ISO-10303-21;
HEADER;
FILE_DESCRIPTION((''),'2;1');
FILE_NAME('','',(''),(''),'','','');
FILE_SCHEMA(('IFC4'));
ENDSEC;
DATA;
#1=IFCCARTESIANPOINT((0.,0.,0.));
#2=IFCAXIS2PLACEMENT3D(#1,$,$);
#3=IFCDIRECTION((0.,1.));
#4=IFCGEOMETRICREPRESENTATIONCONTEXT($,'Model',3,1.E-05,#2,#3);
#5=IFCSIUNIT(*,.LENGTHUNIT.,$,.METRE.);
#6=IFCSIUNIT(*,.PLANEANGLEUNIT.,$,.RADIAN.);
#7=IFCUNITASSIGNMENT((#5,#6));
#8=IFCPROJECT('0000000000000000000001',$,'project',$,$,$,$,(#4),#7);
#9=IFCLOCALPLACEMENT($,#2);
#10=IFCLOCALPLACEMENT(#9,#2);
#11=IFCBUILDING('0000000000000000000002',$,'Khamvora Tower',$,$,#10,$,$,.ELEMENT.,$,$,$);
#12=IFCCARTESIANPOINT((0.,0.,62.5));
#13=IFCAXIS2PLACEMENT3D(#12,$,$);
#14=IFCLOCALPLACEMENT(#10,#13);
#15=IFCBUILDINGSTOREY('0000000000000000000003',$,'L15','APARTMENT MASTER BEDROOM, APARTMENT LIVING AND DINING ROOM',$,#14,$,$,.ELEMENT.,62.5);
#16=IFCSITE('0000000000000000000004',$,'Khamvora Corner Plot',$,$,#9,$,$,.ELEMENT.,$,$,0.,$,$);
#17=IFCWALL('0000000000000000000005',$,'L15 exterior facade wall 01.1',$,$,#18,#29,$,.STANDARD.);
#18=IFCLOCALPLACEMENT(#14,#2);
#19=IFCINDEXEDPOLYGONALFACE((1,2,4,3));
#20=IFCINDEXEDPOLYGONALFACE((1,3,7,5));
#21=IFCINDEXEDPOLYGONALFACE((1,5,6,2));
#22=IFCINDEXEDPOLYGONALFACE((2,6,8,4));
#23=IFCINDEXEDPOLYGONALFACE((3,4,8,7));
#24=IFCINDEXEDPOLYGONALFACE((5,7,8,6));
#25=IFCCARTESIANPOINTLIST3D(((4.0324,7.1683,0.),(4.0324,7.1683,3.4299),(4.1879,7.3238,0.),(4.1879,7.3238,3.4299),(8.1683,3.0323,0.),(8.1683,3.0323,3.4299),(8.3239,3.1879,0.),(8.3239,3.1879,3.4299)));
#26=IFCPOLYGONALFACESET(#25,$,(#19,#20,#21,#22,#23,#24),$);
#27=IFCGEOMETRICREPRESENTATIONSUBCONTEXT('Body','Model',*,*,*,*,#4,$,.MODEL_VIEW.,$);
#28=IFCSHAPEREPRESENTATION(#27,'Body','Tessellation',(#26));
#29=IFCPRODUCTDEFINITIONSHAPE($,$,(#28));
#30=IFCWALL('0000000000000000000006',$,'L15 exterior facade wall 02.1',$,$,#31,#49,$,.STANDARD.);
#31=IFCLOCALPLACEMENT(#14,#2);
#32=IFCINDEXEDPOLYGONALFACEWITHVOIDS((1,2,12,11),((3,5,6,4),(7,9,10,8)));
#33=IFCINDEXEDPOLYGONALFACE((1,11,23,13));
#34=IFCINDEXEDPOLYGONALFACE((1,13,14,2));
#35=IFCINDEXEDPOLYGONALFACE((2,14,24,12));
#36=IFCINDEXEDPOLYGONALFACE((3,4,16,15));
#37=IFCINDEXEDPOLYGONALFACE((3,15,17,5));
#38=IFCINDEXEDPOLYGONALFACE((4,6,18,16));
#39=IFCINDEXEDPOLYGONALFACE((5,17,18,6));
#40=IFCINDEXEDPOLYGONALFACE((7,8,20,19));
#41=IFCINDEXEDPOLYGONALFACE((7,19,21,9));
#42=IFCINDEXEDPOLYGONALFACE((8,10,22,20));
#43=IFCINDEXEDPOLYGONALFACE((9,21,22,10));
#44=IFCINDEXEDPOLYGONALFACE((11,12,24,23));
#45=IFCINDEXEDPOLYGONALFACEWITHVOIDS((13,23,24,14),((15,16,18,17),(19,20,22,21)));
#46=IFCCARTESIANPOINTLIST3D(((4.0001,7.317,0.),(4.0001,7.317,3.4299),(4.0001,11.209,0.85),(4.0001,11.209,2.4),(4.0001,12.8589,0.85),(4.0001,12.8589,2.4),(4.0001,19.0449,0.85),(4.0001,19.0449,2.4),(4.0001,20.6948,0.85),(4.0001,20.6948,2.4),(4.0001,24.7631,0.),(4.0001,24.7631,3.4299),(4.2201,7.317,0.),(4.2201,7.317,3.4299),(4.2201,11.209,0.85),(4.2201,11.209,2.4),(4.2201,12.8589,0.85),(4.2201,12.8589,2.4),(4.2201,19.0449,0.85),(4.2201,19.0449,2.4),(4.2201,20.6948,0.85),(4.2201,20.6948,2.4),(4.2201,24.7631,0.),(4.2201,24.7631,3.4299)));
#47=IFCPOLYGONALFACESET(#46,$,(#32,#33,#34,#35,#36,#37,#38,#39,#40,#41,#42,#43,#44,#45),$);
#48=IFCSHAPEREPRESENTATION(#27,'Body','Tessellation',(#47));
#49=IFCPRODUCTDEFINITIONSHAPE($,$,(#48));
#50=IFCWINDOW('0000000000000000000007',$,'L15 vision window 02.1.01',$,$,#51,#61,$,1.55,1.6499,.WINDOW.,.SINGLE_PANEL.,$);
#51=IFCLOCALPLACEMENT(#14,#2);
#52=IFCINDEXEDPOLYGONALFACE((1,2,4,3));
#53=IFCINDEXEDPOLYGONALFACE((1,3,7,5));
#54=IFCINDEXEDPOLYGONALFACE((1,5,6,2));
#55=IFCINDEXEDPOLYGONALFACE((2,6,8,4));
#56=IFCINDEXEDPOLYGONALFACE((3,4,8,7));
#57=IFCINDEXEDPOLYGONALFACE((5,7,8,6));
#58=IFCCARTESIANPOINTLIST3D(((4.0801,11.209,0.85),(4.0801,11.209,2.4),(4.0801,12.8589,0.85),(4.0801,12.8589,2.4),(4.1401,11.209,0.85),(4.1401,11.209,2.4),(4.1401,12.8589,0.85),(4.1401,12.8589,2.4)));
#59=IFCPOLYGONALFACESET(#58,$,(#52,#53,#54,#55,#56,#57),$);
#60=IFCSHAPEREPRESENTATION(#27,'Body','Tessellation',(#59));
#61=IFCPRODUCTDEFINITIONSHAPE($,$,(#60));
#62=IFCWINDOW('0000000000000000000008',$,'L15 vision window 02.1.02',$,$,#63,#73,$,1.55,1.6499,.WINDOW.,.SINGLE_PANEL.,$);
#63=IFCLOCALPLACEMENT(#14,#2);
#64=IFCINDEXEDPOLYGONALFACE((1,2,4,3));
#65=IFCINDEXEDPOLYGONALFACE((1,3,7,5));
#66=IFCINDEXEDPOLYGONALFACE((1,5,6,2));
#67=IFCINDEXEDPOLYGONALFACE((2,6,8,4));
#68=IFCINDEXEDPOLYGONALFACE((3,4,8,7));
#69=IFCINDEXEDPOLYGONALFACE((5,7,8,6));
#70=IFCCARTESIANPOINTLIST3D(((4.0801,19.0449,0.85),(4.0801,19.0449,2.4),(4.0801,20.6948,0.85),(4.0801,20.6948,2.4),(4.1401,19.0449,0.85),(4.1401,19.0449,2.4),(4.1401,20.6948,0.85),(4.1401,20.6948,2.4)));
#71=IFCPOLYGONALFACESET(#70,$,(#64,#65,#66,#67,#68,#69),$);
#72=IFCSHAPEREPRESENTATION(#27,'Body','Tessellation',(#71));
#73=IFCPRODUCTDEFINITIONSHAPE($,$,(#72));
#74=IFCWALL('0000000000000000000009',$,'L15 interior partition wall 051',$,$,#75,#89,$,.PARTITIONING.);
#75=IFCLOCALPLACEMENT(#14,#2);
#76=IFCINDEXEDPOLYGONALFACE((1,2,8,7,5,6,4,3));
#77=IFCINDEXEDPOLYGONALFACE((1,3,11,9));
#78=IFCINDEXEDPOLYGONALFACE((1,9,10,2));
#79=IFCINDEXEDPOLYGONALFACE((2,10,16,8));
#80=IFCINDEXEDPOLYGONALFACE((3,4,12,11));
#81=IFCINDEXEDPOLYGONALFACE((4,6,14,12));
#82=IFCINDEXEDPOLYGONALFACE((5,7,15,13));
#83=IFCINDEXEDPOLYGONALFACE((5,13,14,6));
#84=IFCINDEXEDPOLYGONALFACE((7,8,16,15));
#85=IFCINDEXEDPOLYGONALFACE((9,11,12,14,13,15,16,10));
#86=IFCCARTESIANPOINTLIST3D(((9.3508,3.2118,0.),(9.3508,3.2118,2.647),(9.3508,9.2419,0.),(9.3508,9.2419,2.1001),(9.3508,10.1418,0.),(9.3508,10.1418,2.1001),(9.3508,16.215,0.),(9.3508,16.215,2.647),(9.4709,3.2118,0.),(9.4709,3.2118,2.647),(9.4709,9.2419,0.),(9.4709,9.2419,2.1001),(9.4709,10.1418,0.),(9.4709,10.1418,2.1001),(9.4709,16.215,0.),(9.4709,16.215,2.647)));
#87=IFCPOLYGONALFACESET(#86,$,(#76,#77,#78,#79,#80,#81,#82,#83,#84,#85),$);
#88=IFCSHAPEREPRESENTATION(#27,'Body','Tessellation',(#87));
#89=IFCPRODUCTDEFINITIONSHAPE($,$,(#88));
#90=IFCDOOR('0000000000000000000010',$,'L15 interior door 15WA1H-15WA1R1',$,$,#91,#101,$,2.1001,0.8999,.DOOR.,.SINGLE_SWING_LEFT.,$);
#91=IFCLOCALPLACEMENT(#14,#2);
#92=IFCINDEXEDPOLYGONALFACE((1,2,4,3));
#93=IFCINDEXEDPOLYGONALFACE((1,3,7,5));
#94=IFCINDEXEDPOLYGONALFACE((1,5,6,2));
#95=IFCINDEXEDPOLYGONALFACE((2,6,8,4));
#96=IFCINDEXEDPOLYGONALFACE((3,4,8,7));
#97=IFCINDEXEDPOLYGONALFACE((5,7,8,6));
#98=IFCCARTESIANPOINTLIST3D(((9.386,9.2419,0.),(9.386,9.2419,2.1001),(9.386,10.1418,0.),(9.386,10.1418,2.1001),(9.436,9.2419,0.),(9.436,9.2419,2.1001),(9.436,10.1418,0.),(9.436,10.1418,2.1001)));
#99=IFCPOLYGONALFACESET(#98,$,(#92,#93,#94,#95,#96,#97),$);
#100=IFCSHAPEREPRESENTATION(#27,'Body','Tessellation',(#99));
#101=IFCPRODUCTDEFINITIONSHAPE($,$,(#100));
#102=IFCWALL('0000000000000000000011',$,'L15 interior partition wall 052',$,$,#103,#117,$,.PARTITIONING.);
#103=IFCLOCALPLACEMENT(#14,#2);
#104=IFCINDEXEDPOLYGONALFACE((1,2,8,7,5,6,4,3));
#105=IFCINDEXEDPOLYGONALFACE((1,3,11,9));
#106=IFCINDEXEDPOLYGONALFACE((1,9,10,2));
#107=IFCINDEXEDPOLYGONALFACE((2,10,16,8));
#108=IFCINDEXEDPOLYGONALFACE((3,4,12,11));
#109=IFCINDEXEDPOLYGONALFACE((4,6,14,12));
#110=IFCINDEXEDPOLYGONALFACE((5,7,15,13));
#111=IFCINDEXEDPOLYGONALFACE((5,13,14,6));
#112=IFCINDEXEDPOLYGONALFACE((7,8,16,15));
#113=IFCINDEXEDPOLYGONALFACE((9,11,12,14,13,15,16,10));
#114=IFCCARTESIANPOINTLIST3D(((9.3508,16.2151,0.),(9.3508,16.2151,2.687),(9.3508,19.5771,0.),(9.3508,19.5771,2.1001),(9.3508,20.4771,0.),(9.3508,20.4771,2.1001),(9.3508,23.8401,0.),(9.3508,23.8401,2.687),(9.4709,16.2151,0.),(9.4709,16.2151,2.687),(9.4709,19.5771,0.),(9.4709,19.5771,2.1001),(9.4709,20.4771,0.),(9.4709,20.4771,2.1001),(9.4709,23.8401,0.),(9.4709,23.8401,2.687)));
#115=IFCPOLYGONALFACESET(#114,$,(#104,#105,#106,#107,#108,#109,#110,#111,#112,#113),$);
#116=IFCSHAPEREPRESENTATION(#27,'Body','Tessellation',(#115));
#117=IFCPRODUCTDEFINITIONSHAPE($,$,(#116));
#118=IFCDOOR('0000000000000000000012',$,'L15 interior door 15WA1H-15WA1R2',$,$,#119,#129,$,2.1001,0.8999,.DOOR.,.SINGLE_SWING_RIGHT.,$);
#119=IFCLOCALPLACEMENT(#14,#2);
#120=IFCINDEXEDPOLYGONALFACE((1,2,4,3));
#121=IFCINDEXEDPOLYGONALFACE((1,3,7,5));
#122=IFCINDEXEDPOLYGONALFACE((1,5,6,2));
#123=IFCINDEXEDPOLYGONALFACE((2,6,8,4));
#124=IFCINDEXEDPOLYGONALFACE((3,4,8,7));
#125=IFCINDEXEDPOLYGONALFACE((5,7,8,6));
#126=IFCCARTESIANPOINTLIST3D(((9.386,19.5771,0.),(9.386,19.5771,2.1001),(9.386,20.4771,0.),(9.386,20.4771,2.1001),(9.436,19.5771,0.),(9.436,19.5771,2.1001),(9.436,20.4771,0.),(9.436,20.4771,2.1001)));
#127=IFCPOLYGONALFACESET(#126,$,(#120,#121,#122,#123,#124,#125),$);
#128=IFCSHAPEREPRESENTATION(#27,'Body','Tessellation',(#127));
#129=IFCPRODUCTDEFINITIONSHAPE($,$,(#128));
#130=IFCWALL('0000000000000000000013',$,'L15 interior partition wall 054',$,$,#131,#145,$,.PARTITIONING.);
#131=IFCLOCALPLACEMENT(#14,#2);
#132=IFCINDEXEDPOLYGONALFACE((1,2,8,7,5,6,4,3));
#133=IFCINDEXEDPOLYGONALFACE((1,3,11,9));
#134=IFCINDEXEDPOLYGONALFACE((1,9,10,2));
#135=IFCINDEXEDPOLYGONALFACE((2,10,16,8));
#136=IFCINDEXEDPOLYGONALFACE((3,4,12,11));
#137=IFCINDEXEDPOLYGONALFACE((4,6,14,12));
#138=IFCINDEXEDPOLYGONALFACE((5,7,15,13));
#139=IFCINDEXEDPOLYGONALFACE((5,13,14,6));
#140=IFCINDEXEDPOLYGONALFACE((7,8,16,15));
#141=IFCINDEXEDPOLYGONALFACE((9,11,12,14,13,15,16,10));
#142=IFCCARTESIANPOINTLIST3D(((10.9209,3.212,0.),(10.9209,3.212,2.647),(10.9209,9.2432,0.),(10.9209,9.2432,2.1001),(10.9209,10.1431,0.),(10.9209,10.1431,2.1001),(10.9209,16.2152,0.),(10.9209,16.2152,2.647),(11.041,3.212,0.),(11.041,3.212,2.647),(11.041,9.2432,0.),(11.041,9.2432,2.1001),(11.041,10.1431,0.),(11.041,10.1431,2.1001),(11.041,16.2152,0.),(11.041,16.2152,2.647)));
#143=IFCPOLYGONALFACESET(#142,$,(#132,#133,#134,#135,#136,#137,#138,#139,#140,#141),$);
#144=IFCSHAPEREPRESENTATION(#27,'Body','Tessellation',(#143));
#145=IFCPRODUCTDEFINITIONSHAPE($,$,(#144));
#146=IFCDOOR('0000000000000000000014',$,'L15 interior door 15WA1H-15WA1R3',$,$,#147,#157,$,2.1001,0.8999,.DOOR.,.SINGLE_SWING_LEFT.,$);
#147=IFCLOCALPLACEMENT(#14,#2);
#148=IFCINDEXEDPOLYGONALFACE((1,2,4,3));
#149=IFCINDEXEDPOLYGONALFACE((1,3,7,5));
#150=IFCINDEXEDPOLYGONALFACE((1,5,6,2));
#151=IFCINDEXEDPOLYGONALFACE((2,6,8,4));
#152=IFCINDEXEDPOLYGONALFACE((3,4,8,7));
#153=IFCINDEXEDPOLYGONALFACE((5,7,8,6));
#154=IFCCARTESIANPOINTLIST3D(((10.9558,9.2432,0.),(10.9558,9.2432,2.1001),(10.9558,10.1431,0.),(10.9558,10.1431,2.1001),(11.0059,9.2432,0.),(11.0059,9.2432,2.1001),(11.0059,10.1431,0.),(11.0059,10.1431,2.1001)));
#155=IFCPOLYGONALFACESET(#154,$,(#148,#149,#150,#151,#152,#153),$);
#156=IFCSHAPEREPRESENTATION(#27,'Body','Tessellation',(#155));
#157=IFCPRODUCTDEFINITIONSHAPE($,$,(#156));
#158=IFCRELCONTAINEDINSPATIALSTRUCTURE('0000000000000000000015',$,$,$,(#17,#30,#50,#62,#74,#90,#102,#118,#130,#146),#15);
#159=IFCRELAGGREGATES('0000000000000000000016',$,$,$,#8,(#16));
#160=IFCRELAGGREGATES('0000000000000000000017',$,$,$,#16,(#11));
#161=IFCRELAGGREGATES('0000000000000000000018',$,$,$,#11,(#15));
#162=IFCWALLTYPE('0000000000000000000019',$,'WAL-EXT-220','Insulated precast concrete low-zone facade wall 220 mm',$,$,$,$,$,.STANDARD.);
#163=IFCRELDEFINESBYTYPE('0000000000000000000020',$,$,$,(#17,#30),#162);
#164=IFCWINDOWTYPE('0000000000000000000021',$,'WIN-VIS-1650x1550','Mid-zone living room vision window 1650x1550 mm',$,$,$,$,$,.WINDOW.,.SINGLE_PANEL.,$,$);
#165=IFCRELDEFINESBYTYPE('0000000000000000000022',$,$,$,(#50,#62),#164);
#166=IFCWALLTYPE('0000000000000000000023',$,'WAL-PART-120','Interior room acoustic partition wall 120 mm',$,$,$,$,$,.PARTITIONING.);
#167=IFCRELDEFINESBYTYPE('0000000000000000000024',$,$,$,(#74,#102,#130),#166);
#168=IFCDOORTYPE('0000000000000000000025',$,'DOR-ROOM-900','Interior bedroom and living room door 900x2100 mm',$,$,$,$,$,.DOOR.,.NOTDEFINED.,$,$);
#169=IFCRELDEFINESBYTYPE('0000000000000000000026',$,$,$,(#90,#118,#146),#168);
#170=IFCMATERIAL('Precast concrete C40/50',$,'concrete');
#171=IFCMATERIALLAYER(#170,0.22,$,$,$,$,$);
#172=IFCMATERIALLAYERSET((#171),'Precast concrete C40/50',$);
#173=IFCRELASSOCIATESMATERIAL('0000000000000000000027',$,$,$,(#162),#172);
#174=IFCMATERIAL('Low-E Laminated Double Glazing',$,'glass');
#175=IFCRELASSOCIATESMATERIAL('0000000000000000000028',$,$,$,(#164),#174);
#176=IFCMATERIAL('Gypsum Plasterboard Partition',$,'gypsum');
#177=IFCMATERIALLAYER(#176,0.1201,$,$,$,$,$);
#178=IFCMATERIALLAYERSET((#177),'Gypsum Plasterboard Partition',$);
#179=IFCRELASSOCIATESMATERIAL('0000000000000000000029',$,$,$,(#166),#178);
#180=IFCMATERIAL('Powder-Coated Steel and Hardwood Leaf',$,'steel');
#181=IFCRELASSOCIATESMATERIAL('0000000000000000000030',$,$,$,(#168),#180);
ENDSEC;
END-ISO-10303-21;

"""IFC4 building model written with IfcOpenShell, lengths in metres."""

from ifc_helpers import new_model, si_unit, direction, frame, frame_2d, origin, place, context, subcontext, project, spatial, rectangle, extrude, material, layer, layer_set, type_object, element, fill, save


model = new_model("IFC4")

# Units and contexts
model_context = context("Model", 3, precision=1e-05, world=origin(), true_north=direction((0.0, 1.0)))
body_context = subcontext(model_context, "Body", "Model", "MODEL_VIEW")
ifc_project = project(units=[si_unit("LENGTHUNIT", "METRE"), si_unit("PLANEANGLEUNIT", "RADIAN")], contexts=[model_context])

# Site, building, storey
site_placement = place(None, origin())
site = spatial("IfcSite", under=ifc_project, at=site_placement, Name="Khamvora Corner Plot", CompositionType="ELEMENT", RefElevation=0.0)
building_placement = place(site_placement, origin())
building = spatial("IfcBuilding", under=site, at=building_placement, Name="Khamvora Tower", CompositionType="ELEMENT")
storey_placement = place(building_placement, frame((0.0, 0.0, 62.5)))
storey = spatial("IfcBuildingStorey", under=building, at=storey_placement, Name="L15", Description="APARTMENT MASTER BEDROOM, APARTMENT LIVING AND DINING ROOM", CompositionType="ELEMENT", Elevation=62.5)

# Wall
ifc_material_1 = material(Name="Precast concrete C40/50", Category="concrete")
ifc_layer_1 = layer(ifc_material_1, 0.22)
ifc_layer_set_1 = layer_set([ifc_layer_1], Name="Precast concrete C40/50")
wall_type_1 = type_object("IfcWallType", Name="WAL-EXT-220", Description="Insulated precast concrete low-zone facade wall 220 mm", PredefinedType="STANDARD", material=ifc_layer_set_1)
wall_1_placement = place(storey_placement, frame((8.2461, 3.1101, 0.0), z_axis=(0.0, 0.0, 1.0), x_axis=(-0.707107, 0.707107, 0.0)))
element("IfcWall", 1, at=wall_1_placement, inside=storey, type_object=wall_type_1, Name="L15 exterior facade wall 01.1", PredefinedType="STANDARD", context=body_context, shape_type="SweptSolid", body=[
    extrude(rectangle(XDim=5.8491, YDim=0.22, at=frame_2d((2.9246, 0.0))), origin(), (0.0, 0.0, 1.0), 3.4299),
])

# Wall, openings, windows
wall_2_placement = place(storey_placement, frame((4.1101, 7.3169, 0.0), z_axis=(0.0, 0.0, 1.0), x_axis=(0.0, 1.0, 0.0)))
wall_2 = element("IfcWall", 2, at=wall_2_placement, inside=storey, type_object=wall_type_1, Name="L15 exterior facade wall 02.1", PredefinedType="STANDARD", context=body_context, shape_type="SweptSolid", body=[
    extrude(rectangle(XDim=17.446, YDim=0.22, at=frame_2d((8.7231, 0.0))), origin(), (0.0, 0.0, 1.0), 3.4299),
])
opening_1_placement = place(wall_2_placement, frame((3.8921, 0.0, 0.8501)))
opening_1 = element("IfcOpeningElement", 3, at=opening_1_placement, cuts=wall_2, PredefinedType="OPENING", context=body_context, shape_type="SweptSolid", body=[
    extrude(rectangle(XDim=1.6499, YDim=1.55, at=frame_2d((0.825, 0.7749))), frame((0.0, 0.1199, 0.0), z_axis=(0.0, -1.0, 0.0), x_axis=(1.0, 0.0, 0.0)), (0.0, 0.0, 1.0), 0.24),
])
opening_2_placement = place(wall_2_placement, frame((11.728, 0.0, 0.8501)))
opening_2 = element("IfcOpeningElement", 4, at=opening_2_placement, cuts=wall_2, PredefinedType="OPENING", context=body_context, shape_type="SweptSolid", body=[
    extrude(rectangle(XDim=1.6499, YDim=1.55, at=frame_2d((0.825, 0.7749))), frame((0.0, 0.1199, 0.0), z_axis=(0.0, -1.0, 0.0), x_axis=(1.0, 0.0, 0.0)), (0.0, 0.0, 1.0), 0.24),
])
ifc_material_2 = material(Name="Low-E Laminated Double Glazing", Category="glass")
window_type = type_object("IfcWindowType", Name="WIN-VIS-1650x1550", Description="Mid-zone living room vision window 1650x1550 mm", PartitioningType="SINGLE_PANEL", PredefinedType="WINDOW", material=ifc_material_2)
window_1_placement = place(opening_1_placement, origin())
window_1 = element("IfcWindow", 5, at=window_1_placement, inside=storey, type_object=window_type, Name="L15 vision window 02.1.01", OverallHeight=1.55, OverallWidth=1.6499, PartitioningType="SINGLE_PANEL", PredefinedType="WINDOW", context=body_context, shape_type="SweptSolid", body=[
    extrude(rectangle(XDim=1.6499, YDim=1.55, at=frame_2d((0.825, 0.7749))), frame((0.0, 0.03, 0.0), z_axis=(0.0, -1.0, 0.0), x_axis=(1.0, 0.0, 0.0)), (0.0, 0.0, 1.0), 0.0601),
])
fill(opening_1, window_1)
window_2_placement = place(opening_2_placement, origin())
window_2 = element("IfcWindow", 6, at=window_2_placement, inside=storey, type_object=window_type, Name="L15 vision window 02.1.02", OverallHeight=1.55, OverallWidth=1.6499, PartitioningType="SINGLE_PANEL", PredefinedType="WINDOW", context=body_context, shape_type="SweptSolid", body=[
    extrude(rectangle(XDim=1.6499, YDim=1.55, at=frame_2d((0.825, 0.7749))), frame((0.0, 0.03, 0.0), z_axis=(0.0, -1.0, 0.0), x_axis=(1.0, 0.0, 0.0)), (0.0, 0.0, 1.0), 0.0601),
])
fill(opening_2, window_2)

# Walls, openings, doors
ifc_material_3 = material(Name="Gypsum Plasterboard Partition", Category="gypsum")
ifc_layer_2 = layer(ifc_material_3, 0.1201)
ifc_layer_set_2 = layer_set([ifc_layer_2], Name="Gypsum Plasterboard Partition")
wall_type_2 = type_object("IfcWallType", Name="WAL-PART-120", Description="Interior room acoustic partition wall 120 mm", PredefinedType="PARTITIONING", material=ifc_layer_set_2)
wall_3_placement = place(storey_placement, frame((9.4109, 3.2119, 0.0), z_axis=(0.0, 0.0, 1.0), x_axis=(0.0, 1.0, 0.0)))
wall_3 = element("IfcWall", 7, at=wall_3_placement, inside=storey, type_object=wall_type_2, Name="L15 interior partition wall 051", PredefinedType="PARTITIONING", context=body_context, shape_type="SweptSolid", body=[
    extrude(rectangle(XDim=13.0032, YDim=0.1201, at=frame_2d((6.5015, 0.0))), origin(), (0.0, 0.0, 1.0), 2.647),
])
opening_3_placement = place(wall_3_placement, frame((6.03, 0.0, 0.0)))
opening_3 = element("IfcOpeningElement", 8, at=opening_3_placement, cuts=wall_3, PredefinedType="OPENING", context=body_context, shape_type="SweptSolid", body=[
    extrude(rectangle(XDim=0.8999, YDim=2.1001, at=frame_2d((0.45, 1.05))), frame((0.0, 0.0701, 0.0), z_axis=(0.0, -1.0, 0.0), x_axis=(1.0, 0.0, 0.0)), (0.0, 0.0, 1.0), 0.1401),
])
ifc_material_4 = material(Name="Powder-Coated Steel and Hardwood Leaf", Category="steel")
door_type = type_object("IfcDoorType", Name="DOR-ROOM-900", Description="Interior bedroom and living room door 900x2100 mm", OperationType="NOTDEFINED", PredefinedType="DOOR", material=ifc_material_4)
door_1_placement = place(opening_3_placement, origin())
door_1 = element("IfcDoor", 9, at=door_1_placement, inside=storey, type_object=door_type, Name="L15 interior door 15WA1H-15WA1R1", OperationType="SINGLE_SWING_LEFT", OverallHeight=2.1001, OverallWidth=0.8999, PredefinedType="DOOR", context=body_context, shape_type="SweptSolid", body=[
    extrude(rectangle(XDim=0.8999, YDim=2.1001, at=frame_2d((0.45, 1.05))), frame((0.0, 0.0249, 0.0), z_axis=(0.0, -1.0, 0.0), x_axis=(1.0, 0.0, 0.0)), (0.0, 0.0, 1.0), 0.05),
])
fill(opening_3, door_1)
wall_4_placement = place(storey_placement, frame((9.4109, 16.2151, 0.0), z_axis=(0.0, 0.0, 1.0), x_axis=(0.0, 1.0, 0.0)))
wall_4 = element("IfcWall", 10, at=wall_4_placement, inside=storey, type_object=wall_type_2, Name="L15 interior partition wall 052", PredefinedType="PARTITIONING", context=body_context, shape_type="SweptSolid", body=[
    extrude(rectangle(XDim=7.625, YDim=0.1201, at=frame_2d((3.8125, 0.0))), origin(), (0.0, 0.0, 1.0), 2.687),
])
opening_4_placement = place(wall_4_placement, frame((3.3621, 0.0, 0.0)))
opening_4 = element("IfcOpeningElement", 11, at=opening_4_placement, cuts=wall_4, PredefinedType="OPENING", context=body_context, shape_type="SweptSolid", body=[
    extrude(rectangle(XDim=0.8999, YDim=2.1001, at=frame_2d((0.45, 1.05))), frame((0.0, 0.0701, 0.0), z_axis=(0.0, -1.0, 0.0), x_axis=(1.0, 0.0, 0.0)), (0.0, 0.0, 1.0), 0.1401),
])
door_2_placement = place(opening_4_placement, origin())
door_2 = element("IfcDoor", 12, at=door_2_placement, inside=storey, type_object=door_type, Name="L15 interior door 15WA1H-15WA1R2", OperationType="SINGLE_SWING_RIGHT", OverallHeight=2.1001, OverallWidth=0.8999, PredefinedType="DOOR", context=body_context, shape_type="SweptSolid", body=[
    extrude(rectangle(XDim=0.8999, YDim=2.1001, at=frame_2d((0.45, 1.05))), frame((0.0, 0.0249, 0.0), z_axis=(0.0, -1.0, 0.0), x_axis=(1.0, 0.0, 0.0)), (0.0, 0.0, 1.0), 0.05),
])
fill(opening_4, door_2)
wall_5_placement = place(storey_placement, frame((10.981, 16.2151, 0.0), z_axis=(0.0, 0.0, 1.0), x_axis=(0.0, -1.0, 0.0)))
wall_5 = element("IfcWall", 13, at=wall_5_placement, inside=storey, type_object=wall_type_2, Name="L15 interior partition wall 054", PredefinedType="PARTITIONING", context=body_context, shape_type="SweptSolid", body=[
    extrude(rectangle(XDim=13.0032, YDim=0.1201, at=frame_2d((6.5015, 0.0))), origin(), (0.0, 0.0, 1.0), 2.647),
])
opening_5_placement = place(wall_5_placement, frame((6.072, 0.0, 0.0)))
opening_5 = element("IfcOpeningElement", 14, at=opening_5_placement, cuts=wall_5, PredefinedType="OPENING", context=body_context, shape_type="SweptSolid", body=[
    extrude(rectangle(XDim=0.8999, YDim=2.1001, at=frame_2d((0.45, 1.05))), frame((0.0, 0.0701, 0.0), z_axis=(0.0, -1.0, 0.0), x_axis=(1.0, 0.0, 0.0)), (0.0, 0.0, 1.0), 0.1401),
])
door_3_placement = place(opening_5_placement, origin())
door_3 = element("IfcDoor", 15, at=door_3_placement, inside=storey, type_object=door_type, Name="L15 interior door 15WA1H-15WA1R3", OperationType="SINGLE_SWING_LEFT", OverallHeight=2.1001, OverallWidth=0.8999, PredefinedType="DOOR", context=body_context, shape_type="SweptSolid", body=[
    extrude(rectangle(XDim=0.8999, YDim=2.1001, at=frame_2d((0.45, 1.05))), frame((0.0, 0.0249, 0.0), z_axis=(0.0, -1.0, 0.0), x_axis=(1.0, 0.0, 0.0)), (0.0, 0.0, 1.0), 0.05),
])
fill(opening_5, door_3)

save(model, "model.ifc")
